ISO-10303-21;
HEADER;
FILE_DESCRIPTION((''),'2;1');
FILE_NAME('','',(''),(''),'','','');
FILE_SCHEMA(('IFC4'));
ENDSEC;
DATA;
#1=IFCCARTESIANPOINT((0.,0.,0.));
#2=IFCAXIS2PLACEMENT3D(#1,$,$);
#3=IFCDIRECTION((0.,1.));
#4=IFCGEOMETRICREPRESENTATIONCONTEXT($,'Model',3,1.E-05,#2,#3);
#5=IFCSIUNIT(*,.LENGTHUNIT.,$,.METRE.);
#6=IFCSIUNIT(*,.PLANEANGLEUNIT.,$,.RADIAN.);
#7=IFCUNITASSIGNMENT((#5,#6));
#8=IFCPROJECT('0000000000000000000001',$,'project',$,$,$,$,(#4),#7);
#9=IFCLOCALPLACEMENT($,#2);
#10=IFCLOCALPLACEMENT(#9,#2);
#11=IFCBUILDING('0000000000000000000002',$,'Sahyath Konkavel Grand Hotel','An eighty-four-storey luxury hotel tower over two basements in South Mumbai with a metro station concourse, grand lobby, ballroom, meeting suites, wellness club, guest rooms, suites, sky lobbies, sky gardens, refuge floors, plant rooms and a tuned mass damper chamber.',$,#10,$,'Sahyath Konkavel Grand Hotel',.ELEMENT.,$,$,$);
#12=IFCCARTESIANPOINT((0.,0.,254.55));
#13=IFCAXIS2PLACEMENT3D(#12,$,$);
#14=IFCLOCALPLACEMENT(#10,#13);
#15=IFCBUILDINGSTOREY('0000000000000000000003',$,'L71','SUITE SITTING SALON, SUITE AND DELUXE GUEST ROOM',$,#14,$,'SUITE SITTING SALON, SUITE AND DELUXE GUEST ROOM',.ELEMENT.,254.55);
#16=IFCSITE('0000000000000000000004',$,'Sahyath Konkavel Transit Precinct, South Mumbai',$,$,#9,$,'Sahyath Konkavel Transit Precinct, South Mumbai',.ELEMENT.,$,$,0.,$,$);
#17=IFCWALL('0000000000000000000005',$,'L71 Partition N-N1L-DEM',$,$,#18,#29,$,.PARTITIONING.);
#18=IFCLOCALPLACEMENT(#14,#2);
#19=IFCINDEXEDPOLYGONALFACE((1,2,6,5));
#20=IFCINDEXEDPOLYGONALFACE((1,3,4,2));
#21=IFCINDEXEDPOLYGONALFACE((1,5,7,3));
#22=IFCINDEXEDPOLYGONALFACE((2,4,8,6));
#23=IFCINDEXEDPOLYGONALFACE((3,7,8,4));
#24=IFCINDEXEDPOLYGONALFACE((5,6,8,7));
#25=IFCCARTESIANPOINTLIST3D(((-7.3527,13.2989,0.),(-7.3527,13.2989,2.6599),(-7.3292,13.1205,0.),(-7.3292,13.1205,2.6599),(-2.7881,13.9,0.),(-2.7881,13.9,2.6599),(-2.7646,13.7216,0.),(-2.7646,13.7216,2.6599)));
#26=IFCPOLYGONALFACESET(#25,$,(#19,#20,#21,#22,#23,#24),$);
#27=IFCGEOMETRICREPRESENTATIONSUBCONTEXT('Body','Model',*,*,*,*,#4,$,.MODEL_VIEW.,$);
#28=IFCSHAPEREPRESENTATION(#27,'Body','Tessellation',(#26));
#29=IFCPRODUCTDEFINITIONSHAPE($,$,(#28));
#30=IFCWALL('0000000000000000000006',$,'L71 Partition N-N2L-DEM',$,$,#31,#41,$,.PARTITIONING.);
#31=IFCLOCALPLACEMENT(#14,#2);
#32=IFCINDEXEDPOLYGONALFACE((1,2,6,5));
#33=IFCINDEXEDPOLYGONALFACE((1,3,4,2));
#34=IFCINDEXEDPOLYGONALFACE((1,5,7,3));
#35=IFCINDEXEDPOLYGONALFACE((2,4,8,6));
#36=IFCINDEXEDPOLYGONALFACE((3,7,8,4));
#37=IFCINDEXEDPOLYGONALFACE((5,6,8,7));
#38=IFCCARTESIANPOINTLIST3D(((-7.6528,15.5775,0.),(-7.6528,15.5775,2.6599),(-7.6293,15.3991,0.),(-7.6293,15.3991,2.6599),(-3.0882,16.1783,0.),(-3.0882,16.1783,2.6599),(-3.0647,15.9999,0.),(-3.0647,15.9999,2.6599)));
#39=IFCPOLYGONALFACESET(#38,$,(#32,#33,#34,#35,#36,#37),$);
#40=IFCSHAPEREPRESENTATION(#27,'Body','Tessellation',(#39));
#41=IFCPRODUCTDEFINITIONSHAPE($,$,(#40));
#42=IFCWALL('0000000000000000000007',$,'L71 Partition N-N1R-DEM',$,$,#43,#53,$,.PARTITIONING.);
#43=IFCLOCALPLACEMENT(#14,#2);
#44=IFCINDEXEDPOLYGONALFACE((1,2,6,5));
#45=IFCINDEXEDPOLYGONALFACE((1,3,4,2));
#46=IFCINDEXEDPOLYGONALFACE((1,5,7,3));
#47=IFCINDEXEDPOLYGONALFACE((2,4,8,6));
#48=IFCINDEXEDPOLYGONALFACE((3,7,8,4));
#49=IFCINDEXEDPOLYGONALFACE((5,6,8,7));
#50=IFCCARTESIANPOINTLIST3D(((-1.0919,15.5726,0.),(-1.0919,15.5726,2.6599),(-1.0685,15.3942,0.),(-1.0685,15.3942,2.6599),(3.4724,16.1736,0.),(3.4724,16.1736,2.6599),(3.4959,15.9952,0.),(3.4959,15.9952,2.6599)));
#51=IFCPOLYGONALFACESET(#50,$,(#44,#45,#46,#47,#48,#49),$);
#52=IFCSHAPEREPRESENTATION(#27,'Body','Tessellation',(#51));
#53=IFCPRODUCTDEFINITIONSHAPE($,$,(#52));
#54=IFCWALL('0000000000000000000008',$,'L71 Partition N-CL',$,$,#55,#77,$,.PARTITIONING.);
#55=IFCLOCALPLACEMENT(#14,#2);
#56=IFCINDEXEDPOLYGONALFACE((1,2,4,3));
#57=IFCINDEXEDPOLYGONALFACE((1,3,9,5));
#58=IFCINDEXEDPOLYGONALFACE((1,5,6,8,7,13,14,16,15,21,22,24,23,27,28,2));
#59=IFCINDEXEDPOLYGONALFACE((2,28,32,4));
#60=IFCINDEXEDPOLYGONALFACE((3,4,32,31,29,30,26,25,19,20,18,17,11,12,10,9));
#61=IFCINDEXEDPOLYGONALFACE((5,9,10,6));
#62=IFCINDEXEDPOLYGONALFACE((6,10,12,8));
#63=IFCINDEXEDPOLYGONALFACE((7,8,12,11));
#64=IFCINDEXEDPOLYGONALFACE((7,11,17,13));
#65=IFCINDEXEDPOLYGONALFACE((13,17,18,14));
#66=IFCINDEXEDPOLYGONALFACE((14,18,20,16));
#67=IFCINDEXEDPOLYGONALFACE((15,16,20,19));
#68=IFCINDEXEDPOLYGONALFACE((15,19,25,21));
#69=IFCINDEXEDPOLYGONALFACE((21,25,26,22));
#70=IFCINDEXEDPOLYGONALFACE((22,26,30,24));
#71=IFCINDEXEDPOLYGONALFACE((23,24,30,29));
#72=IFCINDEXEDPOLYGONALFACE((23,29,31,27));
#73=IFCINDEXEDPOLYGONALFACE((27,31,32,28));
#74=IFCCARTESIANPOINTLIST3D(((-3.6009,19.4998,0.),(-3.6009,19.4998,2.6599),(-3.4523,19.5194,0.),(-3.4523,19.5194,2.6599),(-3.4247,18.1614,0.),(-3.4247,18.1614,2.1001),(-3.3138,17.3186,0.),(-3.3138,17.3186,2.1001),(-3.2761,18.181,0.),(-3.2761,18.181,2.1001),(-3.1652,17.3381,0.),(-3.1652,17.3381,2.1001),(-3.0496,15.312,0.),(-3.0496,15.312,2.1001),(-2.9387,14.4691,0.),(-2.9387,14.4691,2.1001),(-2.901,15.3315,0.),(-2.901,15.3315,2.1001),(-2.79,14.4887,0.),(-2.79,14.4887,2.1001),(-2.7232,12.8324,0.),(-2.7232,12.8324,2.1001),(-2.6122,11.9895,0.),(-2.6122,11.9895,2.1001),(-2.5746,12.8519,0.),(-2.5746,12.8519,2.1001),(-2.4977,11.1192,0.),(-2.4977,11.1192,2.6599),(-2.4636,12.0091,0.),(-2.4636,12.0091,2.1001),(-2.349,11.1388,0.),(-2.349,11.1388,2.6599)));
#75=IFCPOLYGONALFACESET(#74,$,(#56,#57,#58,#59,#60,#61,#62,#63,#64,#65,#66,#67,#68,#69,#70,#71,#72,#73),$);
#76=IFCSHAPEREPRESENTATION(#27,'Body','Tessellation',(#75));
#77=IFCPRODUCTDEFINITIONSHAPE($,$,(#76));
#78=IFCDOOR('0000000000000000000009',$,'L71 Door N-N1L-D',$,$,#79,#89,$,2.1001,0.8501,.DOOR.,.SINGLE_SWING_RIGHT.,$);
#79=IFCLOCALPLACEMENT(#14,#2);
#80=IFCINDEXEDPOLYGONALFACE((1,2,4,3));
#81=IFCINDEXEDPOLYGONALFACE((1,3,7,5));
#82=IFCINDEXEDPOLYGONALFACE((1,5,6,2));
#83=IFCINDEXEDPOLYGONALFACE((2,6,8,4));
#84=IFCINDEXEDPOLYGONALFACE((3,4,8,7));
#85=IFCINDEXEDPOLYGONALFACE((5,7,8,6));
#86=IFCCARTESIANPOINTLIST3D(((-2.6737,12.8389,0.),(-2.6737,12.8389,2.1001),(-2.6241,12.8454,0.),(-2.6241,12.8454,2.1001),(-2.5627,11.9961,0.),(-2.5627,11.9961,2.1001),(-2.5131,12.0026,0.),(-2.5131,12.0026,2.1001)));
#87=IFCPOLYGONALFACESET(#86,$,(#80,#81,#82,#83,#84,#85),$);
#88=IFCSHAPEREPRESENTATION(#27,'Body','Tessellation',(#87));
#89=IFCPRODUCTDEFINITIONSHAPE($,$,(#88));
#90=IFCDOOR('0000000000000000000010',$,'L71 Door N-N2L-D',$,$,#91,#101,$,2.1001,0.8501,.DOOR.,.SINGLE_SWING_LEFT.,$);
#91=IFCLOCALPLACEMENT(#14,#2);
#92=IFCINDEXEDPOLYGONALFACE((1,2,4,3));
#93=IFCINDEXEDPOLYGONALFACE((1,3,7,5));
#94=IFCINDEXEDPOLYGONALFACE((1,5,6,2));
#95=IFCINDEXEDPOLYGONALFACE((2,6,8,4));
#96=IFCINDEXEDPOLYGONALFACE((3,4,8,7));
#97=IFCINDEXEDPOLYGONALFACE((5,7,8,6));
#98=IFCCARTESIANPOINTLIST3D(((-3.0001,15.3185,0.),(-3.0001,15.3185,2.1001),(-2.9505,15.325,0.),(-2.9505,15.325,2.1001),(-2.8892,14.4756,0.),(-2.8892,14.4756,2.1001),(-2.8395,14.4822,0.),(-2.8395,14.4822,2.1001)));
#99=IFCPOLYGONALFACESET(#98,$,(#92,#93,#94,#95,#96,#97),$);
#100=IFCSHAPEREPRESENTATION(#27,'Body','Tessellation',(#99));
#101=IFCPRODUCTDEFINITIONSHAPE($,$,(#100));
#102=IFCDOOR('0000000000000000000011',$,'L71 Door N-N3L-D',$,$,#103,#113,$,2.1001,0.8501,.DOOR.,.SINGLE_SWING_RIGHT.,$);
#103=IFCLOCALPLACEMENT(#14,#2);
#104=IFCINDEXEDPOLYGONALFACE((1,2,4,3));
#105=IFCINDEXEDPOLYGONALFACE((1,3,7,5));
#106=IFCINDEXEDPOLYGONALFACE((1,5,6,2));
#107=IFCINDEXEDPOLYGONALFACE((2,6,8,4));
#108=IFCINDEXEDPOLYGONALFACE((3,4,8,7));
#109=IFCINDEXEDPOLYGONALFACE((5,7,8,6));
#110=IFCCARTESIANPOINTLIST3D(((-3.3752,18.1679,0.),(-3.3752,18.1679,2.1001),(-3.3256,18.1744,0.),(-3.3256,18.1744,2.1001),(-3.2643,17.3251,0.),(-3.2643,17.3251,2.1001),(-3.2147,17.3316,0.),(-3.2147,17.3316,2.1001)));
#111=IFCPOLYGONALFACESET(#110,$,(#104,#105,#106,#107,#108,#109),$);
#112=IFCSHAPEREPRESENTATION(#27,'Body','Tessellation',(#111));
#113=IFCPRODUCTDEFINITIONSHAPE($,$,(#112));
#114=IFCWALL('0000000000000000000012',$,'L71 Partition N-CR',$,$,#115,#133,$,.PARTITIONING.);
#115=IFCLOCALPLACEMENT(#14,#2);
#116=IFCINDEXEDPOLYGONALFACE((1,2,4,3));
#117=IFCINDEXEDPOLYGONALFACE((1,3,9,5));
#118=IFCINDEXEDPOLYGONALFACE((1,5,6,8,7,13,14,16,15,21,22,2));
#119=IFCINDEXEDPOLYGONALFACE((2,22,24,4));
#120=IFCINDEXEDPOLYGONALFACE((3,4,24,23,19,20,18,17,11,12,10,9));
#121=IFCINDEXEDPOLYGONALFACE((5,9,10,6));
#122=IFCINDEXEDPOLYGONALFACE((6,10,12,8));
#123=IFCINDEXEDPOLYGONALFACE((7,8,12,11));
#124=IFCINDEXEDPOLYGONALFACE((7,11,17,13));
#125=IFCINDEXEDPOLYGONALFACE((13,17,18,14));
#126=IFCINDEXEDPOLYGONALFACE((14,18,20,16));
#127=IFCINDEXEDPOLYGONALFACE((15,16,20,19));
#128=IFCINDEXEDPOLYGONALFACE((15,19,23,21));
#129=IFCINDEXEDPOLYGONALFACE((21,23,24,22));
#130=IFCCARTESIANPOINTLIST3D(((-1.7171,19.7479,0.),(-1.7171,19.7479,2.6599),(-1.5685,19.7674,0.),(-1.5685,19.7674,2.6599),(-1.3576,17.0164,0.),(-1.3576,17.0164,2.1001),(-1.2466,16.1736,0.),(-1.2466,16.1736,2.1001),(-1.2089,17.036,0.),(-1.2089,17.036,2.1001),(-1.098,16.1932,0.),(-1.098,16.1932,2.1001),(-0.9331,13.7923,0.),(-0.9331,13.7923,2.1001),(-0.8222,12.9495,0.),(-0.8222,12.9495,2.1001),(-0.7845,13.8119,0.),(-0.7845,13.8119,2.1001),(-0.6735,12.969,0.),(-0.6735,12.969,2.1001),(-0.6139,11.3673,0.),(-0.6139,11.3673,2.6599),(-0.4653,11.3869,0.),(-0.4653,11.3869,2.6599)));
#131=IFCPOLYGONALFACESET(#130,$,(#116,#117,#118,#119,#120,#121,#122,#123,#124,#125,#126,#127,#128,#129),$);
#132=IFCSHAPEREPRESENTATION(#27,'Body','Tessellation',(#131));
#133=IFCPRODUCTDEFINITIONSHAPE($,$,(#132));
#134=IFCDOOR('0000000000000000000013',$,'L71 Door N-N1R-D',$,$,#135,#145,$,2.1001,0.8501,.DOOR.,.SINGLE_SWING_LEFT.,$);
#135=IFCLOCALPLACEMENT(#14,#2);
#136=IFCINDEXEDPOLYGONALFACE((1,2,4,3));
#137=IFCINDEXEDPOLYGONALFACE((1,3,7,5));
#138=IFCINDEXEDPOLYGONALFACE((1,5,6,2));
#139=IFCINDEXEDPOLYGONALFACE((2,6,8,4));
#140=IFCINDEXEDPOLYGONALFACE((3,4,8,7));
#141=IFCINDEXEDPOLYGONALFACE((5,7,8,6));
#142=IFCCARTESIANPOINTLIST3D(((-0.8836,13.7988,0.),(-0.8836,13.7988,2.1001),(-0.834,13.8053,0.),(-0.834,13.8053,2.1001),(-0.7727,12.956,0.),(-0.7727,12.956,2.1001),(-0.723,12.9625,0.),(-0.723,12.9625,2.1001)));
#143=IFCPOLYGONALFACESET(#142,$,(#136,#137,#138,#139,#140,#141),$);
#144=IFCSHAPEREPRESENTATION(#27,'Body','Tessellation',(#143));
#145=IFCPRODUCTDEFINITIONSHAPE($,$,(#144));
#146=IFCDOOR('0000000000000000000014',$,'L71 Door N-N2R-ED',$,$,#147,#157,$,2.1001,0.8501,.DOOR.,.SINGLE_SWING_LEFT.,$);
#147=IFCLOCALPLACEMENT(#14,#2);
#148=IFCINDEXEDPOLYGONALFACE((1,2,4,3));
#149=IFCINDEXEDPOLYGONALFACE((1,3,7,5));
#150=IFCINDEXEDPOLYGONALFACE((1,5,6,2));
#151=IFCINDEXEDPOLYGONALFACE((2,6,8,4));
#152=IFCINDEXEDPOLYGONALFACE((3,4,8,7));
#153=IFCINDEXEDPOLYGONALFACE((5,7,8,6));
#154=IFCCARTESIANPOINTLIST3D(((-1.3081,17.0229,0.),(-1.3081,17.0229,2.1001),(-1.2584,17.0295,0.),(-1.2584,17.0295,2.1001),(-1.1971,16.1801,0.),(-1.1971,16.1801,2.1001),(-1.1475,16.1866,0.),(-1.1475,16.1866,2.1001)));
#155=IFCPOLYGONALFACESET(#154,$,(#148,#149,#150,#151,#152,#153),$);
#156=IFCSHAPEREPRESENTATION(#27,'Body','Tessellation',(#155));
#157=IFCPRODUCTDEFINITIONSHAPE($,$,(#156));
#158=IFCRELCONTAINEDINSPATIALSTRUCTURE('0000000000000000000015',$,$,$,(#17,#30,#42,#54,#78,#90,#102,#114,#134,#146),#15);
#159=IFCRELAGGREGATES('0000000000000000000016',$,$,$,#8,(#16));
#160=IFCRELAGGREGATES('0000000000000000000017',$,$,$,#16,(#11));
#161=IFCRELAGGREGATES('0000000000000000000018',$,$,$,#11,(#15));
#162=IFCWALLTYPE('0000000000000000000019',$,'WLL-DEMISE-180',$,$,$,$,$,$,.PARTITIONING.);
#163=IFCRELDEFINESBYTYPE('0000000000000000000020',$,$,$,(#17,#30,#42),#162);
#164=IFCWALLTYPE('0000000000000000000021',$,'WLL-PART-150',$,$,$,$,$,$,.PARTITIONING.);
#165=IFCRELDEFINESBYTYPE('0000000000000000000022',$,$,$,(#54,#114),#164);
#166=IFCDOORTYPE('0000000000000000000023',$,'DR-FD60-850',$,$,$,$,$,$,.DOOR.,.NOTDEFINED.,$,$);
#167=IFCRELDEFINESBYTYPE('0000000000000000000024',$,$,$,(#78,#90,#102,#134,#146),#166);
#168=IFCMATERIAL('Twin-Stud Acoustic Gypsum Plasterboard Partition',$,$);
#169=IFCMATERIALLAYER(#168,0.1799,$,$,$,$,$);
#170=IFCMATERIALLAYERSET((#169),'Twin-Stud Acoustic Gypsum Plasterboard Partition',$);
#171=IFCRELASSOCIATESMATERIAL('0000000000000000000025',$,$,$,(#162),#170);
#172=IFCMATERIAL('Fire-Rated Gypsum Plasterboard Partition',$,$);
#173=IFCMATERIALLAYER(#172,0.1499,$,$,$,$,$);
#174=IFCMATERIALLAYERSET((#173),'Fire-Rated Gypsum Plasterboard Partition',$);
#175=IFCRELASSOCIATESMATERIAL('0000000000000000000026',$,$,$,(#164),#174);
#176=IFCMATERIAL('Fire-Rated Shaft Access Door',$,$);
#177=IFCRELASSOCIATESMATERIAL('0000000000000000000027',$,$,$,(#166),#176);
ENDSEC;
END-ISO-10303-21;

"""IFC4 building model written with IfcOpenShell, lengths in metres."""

from ifc_helpers import new_model, si_unit, direction, frame, frame_2d, origin, origin_2d, place, context, subcontext, project, spatial, rectangle, extrude, source, transform, mapped, material, layer, layer_set, type_object, element, fill, save


model = new_model("IFC4")

# Units and contexts
model_context = context("Model", 3, precision=1e-05, world=origin(), true_north=direction((0.0, 1.0)))
body_context = subcontext(model_context, "Body", "Model", "MODEL_VIEW")
ifc_project = project(units=[si_unit("LENGTHUNIT", "METRE"), si_unit("PLANEANGLEUNIT", "RADIAN")], contexts=[model_context])

# Site, building, storey
site_placement = place(None, origin())
site = spatial("IfcSite", under=ifc_project, at=site_placement, Name="Sahyath Konkavel Transit Precinct, South Mumbai", LongName="Sahyath Konkavel Transit Precinct, South Mumbai", CompositionType="ELEMENT", RefElevation=0.0)
building_placement = place(site_placement, origin())
building = spatial("IfcBuilding", under=site, at=building_placement, Name="Sahyath Konkavel Grand Hotel", Description="An eighty-four-storey luxury hotel tower over two basements in South Mumbai with a metro station concourse, grand lobby, ballroom, meeting suites, wellness club, guest rooms, suites, sky lobbies, sky gardens, refuge floors, plant rooms and a tuned mass damper chamber.", LongName="Sahyath Konkavel Grand Hotel", CompositionType="ELEMENT")
storey_placement = place(building_placement, frame((0.0, 0.0, 254.55)))
storey = spatial("IfcBuildingStorey", under=building, at=storey_placement, Name="L71", Description="SUITE SITTING SALON, SUITE AND DELUXE GUEST ROOM", LongName="SUITE SITTING SALON, SUITE AND DELUXE GUEST ROOM", CompositionType="ELEMENT", Elevation=254.55)

# Walls
ifc_material_1 = material(Name="Twin-Stud Acoustic Gypsum Plasterboard Partition")
ifc_layer_1 = layer(ifc_material_1, 0.1799)
ifc_layer_set_1 = layer_set([ifc_layer_1], Name="Twin-Stud Acoustic Gypsum Plasterboard Partition")
wall_type_1 = type_object("IfcWallType", Name="WLL-DEMISE-180", PredefinedType="PARTITIONING", material=ifc_layer_set_1)
for number, where, z_axis, x_axis, name in (
    (1, (-2.7764, 13.8108, 0.0), (0.0, 0.0, 1.0), (-0.991441, -0.130552, 0.0), "L71 Partition N-N1L-DEM"),
    (2, (-3.0764, 16.0891, 0.0), (0.0, 0.0, 1.0), (-0.991448, -0.1305, 0.0), "L71 Partition N-N2L-DEM"),
):
    element("IfcWall", number, at=place(storey_placement, frame(where, z_axis=z_axis, x_axis=x_axis)), inside=storey, type_object=wall_type_1, Name=name, PredefinedType="PARTITIONING", context=body_context, shape_type="SweptSolid", body=[
        extrude(rectangle(XDim=4.604, YDim=0.1799, at=frame_2d((2.302, 0.0))), origin(), (0.0, 0.0, 1.0), 2.6599),
    ])
wall_1_placement = place(storey_placement, frame((-1.0801, 15.4834, 0.0), z_axis=(0.0, 0.0, 1.0), x_axis=(0.991441, 0.130559, 0.0)))
element("IfcWall", 3, at=wall_1_placement, inside=storey, type_object=wall_type_1, Name="L71 Partition N-N1R-DEM", PredefinedType="PARTITIONING", context=body_context, shape_type="SweptSolid", body=[
    extrude(rectangle(XDim=4.6038, YDim=0.1799, at=frame_2d((2.3018, 0.0))), origin(), (0.0, 0.0, 1.0), 2.6599),
])

# Walls, openings, doors
ifc_material_2 = material(Name="Fire-Rated Gypsum Plasterboard Partition")
ifc_layer_2 = layer(ifc_material_2, 0.1499)
ifc_layer_set_2 = layer_set([ifc_layer_2], Name="Fire-Rated Gypsum Plasterboard Partition")
wall_type_2 = type_object("IfcWallType", Name="WLL-PART-150", PredefinedType="PARTITIONING", material=ifc_layer_set_2)
wall_2_placement = place(storey_placement, frame((-2.4233, 11.1289, 0.0), z_axis=(0.0, 0.0, 1.0), x_axis=(-0.13052, 0.991446, 0.0)))
wall_2 = element("IfcWall", 4, at=wall_2_placement, inside=storey, type_object=wall_type_2, Name="L71 Partition N-CL", PredefinedType="PARTITIONING", context=body_context, shape_type="SweptSolid", body=[
    extrude(rectangle(XDim=8.4529, YDim=0.1499, at=frame_2d((4.2266, 0.0))), origin(), (0.0, 0.0, 1.0), 2.6599),
])
opening_1_placement = place(wall_2_placement, frame((0.8779, 0.0, 0.0)))
opening_1 = element("IfcOpeningElement", 5, at=opening_1_placement, cuts=wall_2, PredefinedType="OPENING", context=body_context, shape_type="SweptSolid", body=[
    extrude(rectangle(XDim=0.8501, YDim=2.1001, at=frame_2d((0.425, 1.05))), frame((0.0, 0.085, 0.0), z_axis=(0.0, -1.0, 0.0), x_axis=(1.0, 0.0, 0.0)), (0.0, 0.0, 1.0), 0.1699),
])
opening_2_placement = place(wall_2_placement, frame((3.3789, 0.0, 0.0)))
opening_2 = element("IfcOpeningElement", 6, at=opening_2_placement, cuts=wall_2, PredefinedType="OPENING", context=body_context, shape_type="SweptSolid", body=[
    extrude(rectangle(XDim=0.8501, YDim=2.1001, at=frame_2d((0.425, 1.05))), frame((0.0, 0.085, 0.0), z_axis=(0.0, -1.0, 0.0), x_axis=(1.0, 0.0, 0.0)), (0.0, 0.0, 1.0), 0.1699),
])
opening_3_placement = place(wall_2_placement, frame((6.2529, 0.0, 0.0)))
opening_3 = element("IfcOpeningElement", 7, at=opening_3_placement, cuts=wall_2, PredefinedType="OPENING", context=body_context, shape_type="SweptSolid", body=[
    extrude(rectangle(XDim=0.8501, YDim=2.1001, at=frame_2d((0.425, 1.05))), frame((0.0, 0.085, 0.0), z_axis=(0.0, -1.0, 0.0), x_axis=(1.0, 0.0, 0.0)), (0.0, 0.0, 1.0), 0.1699),
])
ifc_material_3 = material(Name="Fire-Rated Shaft Access Door")
door_type_1 = type_object("IfcDoorType", Name="DR-FD60-850", OperationType="NOTDEFINED", PredefinedType="DOOR", material=ifc_material_3)
shared_shape_1 = source(origin(), body_context, "Body", "SweptSolid", [
    extrude(rectangle(XDim=0.8501, YDim=0.05, at=origin_2d()), origin(), (0.0, 0.0, 1.0), 2.1001),
])
door_1_placement = place(opening_1_placement, frame((0.425, 0.0, 0.0)))
door_1 = element("IfcDoor", 8, at=door_1_placement, inside=storey, type_object=door_type_1, Name="L71 Door N-N1L-D", OperationType="SINGLE_SWING_RIGHT", OverallHeight=2.1001, OverallWidth=0.8501, PredefinedType="DOOR", context=body_context, shape_type="MappedRepresentation", body=[
    mapped(shared_shape_1, transform((0.0, 0.0, 0.0), scale=1.0)),
])
fill(opening_1, door_1)
door_2_placement = place(opening_2_placement, frame((0.425, 0.0, 0.0)))
door_2 = element("IfcDoor", 9, at=door_2_placement, inside=storey, type_object=door_type_1, Name="L71 Door N-N2L-D", OperationType="SINGLE_SWING_LEFT", OverallHeight=2.1001, OverallWidth=0.8501, PredefinedType="DOOR", context=body_context, shape_type="MappedRepresentation", body=[
    mapped(shared_shape_1, transform((0.0, 0.0, 0.0), scale=1.0)),
])
fill(opening_2, door_2)
door_3_placement = place(opening_3_placement, frame((0.425, 0.0, 0.0)))
door_3 = element("IfcDoor", 10, at=door_3_placement, inside=storey, type_object=door_type_1, Name="L71 Door N-N3L-D", OperationType="SINGLE_SWING_RIGHT", OverallHeight=2.1001, OverallWidth=0.8501, PredefinedType="DOOR", context=body_context, shape_type="MappedRepresentation", body=[
    mapped(shared_shape_1, transform((0.0, 0.0, 0.0), scale=1.0)),
])
fill(opening_3, door_3)
wall_3_placement = place(storey_placement, frame((-0.5396, 11.377, 0.0), z_axis=(0.0, 0.0, 1.0), x_axis=(-0.13052, 0.991446, 0.0)))
wall_3 = element("IfcWall", 11, at=wall_3_placement, inside=storey, type_object=wall_type_2, Name="L71 Partition N-CR", PredefinedType="PARTITIONING", context=body_context, shape_type="SweptSolid", body=[
    extrude(rectangle(XDim=8.4529, YDim=0.1499, at=frame_2d((4.2266, 0.0))), origin(), (0.0, 0.0, 1.0), 2.6599),
])
opening_4_placement = place(wall_3_placement, frame((1.5959, 0.0, 0.0)))
opening_4 = element("IfcOpeningElement", 12, at=opening_4_placement, cuts=wall_3, PredefinedType="OPENING", context=body_context, shape_type="SweptSolid", body=[
    extrude(rectangle(XDim=0.8501, YDim=2.1001, at=frame_2d((0.425, 1.05))), frame((0.0, 0.085, 0.0), z_axis=(0.0, -1.0, 0.0), x_axis=(1.0, 0.0, 0.0)), (0.0, 0.0, 1.0), 0.1699),
])
opening_5_placement = place(wall_3_placement, frame((4.8479, 0.0, 0.0)))
opening_5 = element("IfcOpeningElement", 13, at=opening_5_placement, cuts=wall_3, PredefinedType="OPENING", context=body_context, shape_type="SweptSolid", body=[
    extrude(rectangle(XDim=0.8501, YDim=2.1001, at=frame_2d((0.425, 1.05))), frame((0.0, 0.085, 0.0), z_axis=(0.0, -1.0, 0.0), x_axis=(1.0, 0.0, 0.0)), (0.0, 0.0, 1.0), 0.1699),
])
door_4_placement = place(opening_4_placement, frame((0.425, 0.0, 0.0)))
door_4 = element("IfcDoor", 14, at=door_4_placement, inside=storey, type_object=door_type_1, Name="L71 Door N-N1R-D", OperationType="SINGLE_SWING_LEFT", OverallHeight=2.1001, OverallWidth=0.8501, PredefinedType="DOOR", context=body_context, shape_type="MappedRepresentation", body=[
    mapped(shared_shape_1, transform((0.0, 0.0, 0.0), scale=1.0)),
])
fill(opening_4, door_4)
door_5_placement = place(opening_5_placement, frame((0.425, 0.0, 0.0)))
door_5 = element("IfcDoor", 15, at=door_5_placement, inside=storey, type_object=door_type_1, Name="L71 Door N-N2R-ED", OperationType="SINGLE_SWING_LEFT", OverallHeight=2.1001, OverallWidth=0.8501, PredefinedType="DOOR", context=body_context, shape_type="MappedRepresentation", body=[
    mapped(shared_shape_1, transform((0.0, 0.0, 0.0), scale=1.0)),
])
fill(opening_5, door_5)

save(model, "model.ifc")
